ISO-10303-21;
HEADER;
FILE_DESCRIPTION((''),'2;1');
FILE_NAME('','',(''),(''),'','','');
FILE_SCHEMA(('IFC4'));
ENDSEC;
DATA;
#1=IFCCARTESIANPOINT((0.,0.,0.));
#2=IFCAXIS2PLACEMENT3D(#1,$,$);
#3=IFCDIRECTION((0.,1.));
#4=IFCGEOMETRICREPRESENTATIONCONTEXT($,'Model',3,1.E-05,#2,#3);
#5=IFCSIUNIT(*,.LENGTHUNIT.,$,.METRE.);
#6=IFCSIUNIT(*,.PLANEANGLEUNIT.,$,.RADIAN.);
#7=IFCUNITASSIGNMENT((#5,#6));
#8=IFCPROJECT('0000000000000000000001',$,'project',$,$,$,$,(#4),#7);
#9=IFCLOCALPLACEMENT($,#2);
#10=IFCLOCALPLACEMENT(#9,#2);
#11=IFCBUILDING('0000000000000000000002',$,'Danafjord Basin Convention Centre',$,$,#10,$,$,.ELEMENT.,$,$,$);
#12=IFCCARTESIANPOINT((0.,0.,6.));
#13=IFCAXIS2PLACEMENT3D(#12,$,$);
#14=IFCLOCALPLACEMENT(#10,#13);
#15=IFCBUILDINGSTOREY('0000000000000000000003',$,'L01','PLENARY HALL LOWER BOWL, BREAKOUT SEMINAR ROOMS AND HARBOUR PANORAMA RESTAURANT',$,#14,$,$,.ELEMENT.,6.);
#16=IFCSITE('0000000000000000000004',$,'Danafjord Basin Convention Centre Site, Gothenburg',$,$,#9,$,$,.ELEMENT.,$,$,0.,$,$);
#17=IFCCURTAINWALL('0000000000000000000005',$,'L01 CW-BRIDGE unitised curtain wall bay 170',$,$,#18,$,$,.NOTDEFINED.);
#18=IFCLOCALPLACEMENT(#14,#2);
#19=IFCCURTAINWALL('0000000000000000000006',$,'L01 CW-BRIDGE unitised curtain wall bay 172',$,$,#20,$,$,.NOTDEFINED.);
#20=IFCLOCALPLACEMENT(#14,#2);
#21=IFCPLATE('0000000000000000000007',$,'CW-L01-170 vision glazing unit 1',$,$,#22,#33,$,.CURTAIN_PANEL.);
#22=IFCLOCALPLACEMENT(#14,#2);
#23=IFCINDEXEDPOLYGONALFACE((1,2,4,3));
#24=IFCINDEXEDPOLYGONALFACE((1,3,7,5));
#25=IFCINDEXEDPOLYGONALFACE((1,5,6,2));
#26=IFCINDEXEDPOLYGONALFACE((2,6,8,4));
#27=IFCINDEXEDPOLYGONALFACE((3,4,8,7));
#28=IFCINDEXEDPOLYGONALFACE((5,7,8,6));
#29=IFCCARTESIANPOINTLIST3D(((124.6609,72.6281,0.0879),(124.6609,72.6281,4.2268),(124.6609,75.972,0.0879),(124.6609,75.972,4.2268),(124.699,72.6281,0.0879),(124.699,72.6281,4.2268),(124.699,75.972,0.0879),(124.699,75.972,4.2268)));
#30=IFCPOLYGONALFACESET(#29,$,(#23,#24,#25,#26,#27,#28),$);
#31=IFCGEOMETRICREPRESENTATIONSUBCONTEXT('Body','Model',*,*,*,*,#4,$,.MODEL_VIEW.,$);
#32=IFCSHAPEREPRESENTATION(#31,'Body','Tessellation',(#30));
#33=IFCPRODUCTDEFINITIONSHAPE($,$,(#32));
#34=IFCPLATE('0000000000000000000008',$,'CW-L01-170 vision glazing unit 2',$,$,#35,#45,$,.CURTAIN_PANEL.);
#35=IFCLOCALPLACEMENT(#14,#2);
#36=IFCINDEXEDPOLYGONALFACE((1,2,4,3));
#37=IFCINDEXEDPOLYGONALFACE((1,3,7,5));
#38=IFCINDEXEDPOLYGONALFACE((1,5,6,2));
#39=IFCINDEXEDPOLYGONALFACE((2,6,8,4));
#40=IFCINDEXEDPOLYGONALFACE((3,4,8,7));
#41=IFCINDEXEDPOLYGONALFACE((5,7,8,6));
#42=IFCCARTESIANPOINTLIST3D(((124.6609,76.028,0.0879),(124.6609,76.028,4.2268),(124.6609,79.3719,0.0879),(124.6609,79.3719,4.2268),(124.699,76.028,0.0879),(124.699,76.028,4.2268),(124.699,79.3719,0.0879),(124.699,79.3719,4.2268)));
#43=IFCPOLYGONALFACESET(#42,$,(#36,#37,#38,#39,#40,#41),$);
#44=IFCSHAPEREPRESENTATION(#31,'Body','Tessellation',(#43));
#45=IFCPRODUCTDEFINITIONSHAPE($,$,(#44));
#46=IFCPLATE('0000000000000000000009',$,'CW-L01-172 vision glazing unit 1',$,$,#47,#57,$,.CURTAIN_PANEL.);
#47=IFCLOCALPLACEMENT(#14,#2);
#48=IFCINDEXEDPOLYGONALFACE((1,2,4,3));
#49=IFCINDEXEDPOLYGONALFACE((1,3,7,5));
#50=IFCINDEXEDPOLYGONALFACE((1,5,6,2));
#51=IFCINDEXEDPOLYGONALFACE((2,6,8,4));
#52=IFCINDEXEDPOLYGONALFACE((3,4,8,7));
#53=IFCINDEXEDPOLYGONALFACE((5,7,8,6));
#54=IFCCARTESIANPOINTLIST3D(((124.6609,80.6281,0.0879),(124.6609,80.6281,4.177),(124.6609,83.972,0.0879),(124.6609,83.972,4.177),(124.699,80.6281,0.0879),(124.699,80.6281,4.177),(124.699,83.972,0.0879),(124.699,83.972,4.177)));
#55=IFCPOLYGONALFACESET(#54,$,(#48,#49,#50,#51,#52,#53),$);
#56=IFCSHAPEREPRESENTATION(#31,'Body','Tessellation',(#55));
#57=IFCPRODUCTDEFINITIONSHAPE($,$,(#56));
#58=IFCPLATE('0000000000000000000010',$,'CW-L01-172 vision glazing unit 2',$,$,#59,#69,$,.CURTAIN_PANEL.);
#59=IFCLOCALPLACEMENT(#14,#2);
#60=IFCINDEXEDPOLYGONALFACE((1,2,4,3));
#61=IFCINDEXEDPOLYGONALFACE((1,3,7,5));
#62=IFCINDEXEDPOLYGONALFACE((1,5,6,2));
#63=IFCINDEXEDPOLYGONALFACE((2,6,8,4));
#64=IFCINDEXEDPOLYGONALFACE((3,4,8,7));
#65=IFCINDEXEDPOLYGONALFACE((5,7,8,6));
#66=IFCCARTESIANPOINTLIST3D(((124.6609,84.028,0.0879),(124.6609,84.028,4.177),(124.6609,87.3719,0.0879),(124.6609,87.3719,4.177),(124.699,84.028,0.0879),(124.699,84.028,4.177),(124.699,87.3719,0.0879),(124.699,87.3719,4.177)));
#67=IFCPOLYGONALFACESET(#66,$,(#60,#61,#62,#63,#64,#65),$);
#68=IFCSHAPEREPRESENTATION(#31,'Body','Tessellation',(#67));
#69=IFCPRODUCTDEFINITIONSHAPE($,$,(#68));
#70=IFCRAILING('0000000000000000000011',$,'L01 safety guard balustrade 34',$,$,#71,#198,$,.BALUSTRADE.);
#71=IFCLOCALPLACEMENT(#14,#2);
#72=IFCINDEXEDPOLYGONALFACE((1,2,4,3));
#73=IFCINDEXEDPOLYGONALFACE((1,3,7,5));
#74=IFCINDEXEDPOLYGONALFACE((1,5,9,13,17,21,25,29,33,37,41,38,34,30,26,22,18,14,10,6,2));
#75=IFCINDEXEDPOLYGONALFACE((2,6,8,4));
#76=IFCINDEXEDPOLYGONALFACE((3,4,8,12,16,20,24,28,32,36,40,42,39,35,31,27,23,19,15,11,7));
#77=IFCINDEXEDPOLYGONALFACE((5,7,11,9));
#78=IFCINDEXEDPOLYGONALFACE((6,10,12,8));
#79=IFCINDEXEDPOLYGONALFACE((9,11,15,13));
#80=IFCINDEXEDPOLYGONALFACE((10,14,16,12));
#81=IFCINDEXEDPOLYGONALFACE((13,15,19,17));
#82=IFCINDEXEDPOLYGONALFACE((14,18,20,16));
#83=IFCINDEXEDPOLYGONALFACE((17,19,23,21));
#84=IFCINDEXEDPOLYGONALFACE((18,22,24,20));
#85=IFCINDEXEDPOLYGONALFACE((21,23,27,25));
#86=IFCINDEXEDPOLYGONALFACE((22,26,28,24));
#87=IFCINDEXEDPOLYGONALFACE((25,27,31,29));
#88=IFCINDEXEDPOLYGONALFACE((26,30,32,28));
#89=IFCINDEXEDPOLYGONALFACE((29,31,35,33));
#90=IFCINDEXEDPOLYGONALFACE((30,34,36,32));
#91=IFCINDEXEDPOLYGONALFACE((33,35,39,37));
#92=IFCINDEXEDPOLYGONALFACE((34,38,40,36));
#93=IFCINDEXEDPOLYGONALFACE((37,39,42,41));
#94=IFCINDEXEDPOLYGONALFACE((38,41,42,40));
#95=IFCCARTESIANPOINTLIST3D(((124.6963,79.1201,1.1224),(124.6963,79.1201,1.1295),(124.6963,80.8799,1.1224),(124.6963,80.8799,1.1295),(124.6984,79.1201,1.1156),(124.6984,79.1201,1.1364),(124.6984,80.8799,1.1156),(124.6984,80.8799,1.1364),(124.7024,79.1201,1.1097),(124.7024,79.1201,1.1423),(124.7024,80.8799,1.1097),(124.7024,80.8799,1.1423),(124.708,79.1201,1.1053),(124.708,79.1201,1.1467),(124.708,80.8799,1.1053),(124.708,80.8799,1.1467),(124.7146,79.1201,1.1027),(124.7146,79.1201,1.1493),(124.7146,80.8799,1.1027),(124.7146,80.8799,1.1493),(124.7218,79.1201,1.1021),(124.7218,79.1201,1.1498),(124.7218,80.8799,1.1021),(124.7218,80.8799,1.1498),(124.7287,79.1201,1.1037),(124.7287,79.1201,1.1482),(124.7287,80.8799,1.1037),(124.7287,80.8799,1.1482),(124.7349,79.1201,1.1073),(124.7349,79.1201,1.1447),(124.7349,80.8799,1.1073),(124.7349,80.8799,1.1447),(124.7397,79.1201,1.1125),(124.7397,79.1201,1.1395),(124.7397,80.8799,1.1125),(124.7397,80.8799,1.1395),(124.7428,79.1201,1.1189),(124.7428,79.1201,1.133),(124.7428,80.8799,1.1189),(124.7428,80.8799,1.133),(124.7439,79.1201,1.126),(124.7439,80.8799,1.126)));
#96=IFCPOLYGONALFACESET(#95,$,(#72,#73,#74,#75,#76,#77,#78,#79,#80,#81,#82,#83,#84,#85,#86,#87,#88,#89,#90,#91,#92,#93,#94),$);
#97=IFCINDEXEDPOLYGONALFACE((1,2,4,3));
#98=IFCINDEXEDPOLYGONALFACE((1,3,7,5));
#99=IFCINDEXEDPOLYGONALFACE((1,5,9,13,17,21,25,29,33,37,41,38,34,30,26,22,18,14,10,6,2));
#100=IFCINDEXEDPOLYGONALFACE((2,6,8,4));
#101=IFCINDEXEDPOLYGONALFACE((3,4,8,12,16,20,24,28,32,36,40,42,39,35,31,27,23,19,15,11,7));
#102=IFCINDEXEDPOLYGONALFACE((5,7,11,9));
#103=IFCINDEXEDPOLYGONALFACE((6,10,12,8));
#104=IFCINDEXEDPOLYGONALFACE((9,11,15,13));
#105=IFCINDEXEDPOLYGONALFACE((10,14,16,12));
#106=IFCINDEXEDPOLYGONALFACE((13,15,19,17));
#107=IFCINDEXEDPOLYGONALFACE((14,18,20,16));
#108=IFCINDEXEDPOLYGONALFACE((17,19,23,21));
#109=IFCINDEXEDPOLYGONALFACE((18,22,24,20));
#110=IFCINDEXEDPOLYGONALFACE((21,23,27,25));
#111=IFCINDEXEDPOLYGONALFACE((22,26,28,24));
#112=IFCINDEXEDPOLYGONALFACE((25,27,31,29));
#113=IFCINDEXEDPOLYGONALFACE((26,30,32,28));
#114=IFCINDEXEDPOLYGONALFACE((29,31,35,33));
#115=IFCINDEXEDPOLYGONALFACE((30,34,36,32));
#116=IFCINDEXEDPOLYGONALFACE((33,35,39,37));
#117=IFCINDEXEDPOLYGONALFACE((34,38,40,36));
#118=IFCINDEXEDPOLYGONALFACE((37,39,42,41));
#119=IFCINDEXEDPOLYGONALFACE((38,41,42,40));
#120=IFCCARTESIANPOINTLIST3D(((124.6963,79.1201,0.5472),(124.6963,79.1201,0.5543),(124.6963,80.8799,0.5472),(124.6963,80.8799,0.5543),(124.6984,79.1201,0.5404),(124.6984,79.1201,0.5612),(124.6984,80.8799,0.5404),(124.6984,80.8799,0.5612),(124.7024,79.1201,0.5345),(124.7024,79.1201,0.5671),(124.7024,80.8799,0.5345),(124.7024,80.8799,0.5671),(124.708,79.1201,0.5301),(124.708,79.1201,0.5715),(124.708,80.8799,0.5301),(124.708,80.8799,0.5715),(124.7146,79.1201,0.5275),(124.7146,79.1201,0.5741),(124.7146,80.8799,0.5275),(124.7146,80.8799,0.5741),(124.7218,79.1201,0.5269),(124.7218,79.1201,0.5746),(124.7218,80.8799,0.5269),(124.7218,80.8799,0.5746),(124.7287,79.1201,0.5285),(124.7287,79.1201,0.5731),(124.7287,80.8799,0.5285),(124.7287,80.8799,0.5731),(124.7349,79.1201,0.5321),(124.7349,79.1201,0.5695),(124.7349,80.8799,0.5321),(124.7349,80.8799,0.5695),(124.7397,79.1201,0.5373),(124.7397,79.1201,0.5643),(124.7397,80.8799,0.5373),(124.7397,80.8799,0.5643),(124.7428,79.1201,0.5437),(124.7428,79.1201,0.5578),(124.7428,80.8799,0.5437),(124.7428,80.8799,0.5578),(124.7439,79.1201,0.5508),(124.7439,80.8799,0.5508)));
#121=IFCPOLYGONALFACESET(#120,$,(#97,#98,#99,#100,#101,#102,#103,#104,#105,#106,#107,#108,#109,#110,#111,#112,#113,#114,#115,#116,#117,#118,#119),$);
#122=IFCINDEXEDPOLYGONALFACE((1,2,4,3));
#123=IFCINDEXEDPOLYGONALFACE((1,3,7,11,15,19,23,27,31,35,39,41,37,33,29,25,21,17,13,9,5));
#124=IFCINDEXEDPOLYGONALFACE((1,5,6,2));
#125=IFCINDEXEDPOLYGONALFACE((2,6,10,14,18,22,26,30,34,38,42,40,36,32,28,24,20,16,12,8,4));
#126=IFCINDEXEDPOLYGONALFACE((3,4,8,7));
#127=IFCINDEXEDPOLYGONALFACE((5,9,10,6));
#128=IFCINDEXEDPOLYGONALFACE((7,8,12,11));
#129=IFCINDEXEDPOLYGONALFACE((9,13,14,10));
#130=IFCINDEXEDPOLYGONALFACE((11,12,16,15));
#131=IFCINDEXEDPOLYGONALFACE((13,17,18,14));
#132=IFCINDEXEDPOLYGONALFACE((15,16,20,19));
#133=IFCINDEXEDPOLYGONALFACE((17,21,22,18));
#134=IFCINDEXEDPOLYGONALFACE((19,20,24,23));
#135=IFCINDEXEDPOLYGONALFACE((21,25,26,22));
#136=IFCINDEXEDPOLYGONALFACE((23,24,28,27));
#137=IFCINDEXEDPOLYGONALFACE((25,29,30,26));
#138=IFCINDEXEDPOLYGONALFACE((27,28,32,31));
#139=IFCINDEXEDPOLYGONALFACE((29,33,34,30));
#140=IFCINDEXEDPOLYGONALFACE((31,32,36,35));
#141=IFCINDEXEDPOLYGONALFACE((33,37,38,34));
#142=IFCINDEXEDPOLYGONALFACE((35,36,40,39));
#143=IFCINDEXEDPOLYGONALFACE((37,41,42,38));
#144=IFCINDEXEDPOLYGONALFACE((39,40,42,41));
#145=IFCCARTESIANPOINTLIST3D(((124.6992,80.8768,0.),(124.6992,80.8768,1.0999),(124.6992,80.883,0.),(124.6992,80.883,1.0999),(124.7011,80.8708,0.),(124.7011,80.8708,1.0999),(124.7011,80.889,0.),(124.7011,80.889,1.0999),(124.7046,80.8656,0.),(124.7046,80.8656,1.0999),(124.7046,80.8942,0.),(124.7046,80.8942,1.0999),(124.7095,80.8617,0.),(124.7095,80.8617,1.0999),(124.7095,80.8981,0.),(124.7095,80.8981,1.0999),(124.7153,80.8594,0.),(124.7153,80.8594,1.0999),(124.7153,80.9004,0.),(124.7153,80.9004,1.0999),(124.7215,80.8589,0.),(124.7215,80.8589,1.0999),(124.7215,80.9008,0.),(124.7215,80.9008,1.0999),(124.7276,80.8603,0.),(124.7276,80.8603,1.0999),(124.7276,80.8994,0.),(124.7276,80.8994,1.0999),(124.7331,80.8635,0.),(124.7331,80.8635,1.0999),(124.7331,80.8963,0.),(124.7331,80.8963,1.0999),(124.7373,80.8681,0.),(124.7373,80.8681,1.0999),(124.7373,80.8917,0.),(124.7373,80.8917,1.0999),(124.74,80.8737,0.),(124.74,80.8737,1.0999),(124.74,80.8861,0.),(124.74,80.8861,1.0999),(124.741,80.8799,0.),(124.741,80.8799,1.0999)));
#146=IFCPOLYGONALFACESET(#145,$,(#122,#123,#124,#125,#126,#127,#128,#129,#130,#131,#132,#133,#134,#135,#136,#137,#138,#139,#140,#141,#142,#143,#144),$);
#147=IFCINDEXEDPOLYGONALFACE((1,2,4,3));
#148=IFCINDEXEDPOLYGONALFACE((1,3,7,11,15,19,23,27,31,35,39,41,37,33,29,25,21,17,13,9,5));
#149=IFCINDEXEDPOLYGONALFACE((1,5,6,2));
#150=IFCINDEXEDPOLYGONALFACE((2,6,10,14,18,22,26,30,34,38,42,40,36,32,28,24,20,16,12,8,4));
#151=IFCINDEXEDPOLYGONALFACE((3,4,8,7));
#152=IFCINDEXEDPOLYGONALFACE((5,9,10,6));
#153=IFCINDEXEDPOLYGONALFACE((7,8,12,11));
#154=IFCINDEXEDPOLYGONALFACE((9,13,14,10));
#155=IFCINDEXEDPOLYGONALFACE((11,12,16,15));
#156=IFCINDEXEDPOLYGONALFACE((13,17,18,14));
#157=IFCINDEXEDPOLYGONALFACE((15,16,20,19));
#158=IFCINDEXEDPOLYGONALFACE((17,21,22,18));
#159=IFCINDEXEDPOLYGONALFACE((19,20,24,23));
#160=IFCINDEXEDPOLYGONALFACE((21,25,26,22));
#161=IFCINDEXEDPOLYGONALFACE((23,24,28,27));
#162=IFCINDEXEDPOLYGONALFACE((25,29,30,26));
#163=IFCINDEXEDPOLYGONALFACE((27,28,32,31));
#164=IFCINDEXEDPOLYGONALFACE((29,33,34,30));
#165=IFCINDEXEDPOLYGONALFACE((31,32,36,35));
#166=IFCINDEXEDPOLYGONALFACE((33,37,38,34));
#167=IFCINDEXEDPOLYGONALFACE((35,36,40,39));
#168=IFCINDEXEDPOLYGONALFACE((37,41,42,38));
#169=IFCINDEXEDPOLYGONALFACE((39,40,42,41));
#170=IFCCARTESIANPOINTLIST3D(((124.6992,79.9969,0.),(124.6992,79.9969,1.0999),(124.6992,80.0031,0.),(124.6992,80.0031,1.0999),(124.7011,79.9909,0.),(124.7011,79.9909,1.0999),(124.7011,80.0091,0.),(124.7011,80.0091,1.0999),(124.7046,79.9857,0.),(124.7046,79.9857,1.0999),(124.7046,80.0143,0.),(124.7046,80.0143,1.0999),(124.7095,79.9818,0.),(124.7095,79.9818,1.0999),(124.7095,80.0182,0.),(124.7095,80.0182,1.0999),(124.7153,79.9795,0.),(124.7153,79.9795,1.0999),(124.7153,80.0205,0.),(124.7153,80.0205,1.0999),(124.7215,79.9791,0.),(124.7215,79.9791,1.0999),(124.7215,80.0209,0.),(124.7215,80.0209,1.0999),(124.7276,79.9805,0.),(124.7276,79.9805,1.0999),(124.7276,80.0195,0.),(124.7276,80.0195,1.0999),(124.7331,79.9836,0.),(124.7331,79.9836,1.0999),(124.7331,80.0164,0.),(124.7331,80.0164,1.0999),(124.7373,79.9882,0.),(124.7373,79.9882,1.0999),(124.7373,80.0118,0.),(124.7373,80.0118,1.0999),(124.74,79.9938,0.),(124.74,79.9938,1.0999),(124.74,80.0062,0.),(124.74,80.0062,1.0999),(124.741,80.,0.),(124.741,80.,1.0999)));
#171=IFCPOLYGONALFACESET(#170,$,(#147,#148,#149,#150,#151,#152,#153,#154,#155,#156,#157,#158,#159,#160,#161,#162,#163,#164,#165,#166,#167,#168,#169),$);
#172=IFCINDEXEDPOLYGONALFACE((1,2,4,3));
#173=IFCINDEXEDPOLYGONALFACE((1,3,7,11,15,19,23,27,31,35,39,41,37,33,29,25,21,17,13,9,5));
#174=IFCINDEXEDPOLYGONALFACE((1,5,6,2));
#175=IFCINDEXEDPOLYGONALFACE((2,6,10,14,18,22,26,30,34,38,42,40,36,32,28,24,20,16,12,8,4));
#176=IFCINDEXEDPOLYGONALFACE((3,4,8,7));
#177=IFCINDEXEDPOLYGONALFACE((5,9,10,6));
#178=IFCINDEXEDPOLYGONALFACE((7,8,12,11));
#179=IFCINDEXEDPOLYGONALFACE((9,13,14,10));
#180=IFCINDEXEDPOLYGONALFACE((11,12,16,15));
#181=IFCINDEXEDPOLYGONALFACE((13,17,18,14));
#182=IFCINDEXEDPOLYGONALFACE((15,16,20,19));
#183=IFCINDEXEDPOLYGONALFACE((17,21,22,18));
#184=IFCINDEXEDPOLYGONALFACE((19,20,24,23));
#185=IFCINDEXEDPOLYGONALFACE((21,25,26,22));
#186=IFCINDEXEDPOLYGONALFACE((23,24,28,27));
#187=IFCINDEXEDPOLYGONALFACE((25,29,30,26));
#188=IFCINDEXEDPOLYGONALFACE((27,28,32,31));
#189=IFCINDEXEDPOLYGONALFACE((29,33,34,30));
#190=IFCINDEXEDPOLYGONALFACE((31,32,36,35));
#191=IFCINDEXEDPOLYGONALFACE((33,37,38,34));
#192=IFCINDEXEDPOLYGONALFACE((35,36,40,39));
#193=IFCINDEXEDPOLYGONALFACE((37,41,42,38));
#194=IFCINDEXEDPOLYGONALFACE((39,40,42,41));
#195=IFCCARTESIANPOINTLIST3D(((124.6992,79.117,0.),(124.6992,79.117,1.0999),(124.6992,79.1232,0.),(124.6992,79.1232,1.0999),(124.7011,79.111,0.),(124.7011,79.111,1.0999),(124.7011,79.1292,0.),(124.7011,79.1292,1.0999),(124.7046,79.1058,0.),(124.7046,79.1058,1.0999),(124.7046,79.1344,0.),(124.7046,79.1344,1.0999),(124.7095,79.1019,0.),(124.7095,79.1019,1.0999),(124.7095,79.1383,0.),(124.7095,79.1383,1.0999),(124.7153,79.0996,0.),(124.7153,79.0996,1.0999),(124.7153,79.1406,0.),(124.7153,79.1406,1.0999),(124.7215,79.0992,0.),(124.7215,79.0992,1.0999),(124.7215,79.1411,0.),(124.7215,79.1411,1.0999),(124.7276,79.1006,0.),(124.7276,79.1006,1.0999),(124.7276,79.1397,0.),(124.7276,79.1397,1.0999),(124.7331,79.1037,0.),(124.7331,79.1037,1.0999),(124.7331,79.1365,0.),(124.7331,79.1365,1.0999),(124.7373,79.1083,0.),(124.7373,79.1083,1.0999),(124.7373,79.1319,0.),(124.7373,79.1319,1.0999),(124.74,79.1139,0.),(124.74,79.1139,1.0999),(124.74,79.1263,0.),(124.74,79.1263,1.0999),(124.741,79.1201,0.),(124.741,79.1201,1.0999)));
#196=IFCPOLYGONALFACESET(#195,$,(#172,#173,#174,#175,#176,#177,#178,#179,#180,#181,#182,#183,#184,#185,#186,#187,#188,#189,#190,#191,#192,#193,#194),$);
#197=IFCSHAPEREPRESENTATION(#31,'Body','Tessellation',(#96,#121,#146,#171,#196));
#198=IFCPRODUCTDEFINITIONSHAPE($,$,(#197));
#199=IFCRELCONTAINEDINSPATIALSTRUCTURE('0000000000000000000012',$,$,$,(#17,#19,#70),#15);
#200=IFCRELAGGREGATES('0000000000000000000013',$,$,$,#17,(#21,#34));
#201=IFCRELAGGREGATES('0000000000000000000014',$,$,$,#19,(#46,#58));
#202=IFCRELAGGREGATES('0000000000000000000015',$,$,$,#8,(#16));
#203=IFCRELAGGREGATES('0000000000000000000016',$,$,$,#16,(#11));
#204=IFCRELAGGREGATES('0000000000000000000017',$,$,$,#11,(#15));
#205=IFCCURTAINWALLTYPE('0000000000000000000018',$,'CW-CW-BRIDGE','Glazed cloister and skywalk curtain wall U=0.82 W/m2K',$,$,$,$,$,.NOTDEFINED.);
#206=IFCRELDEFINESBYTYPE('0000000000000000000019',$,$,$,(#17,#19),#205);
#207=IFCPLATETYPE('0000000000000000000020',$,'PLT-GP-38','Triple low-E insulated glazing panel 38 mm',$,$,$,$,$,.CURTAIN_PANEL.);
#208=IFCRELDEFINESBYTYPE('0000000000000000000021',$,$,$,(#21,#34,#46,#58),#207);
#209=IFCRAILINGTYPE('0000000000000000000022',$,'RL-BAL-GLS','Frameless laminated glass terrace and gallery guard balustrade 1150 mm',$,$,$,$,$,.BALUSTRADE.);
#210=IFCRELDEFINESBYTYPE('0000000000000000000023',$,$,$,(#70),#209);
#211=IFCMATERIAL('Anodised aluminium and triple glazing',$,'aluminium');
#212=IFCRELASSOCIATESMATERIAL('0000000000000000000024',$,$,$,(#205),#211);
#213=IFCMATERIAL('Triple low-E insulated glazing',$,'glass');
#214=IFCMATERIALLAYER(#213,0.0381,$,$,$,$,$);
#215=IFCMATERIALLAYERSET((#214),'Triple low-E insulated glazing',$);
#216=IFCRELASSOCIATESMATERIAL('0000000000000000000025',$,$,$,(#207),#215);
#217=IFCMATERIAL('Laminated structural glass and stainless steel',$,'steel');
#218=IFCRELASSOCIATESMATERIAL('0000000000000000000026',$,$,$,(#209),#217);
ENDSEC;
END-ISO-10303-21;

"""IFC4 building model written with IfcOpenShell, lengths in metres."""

from ifc_helpers import new_model, si_unit, direction, frame, origin, origin_2d, place, context, subcontext, project, spatial, rectangle, circle, extrude, material, layer, layer_set, type_object, element, aggregate, save


model = new_model("IFC4")

# Units and contexts
model_context = context("Model", 3, precision=1e-05, world=origin(), true_north=direction((0.0, 1.0)))
body_context = subcontext(model_context, "Body", "Model", "MODEL_VIEW")
ifc_project = project(units=[si_unit("LENGTHUNIT", "METRE"), si_unit("PLANEANGLEUNIT", "RADIAN")], contexts=[model_context])

# Site, building, storey
site_placement = place(None, origin())
site = spatial("IfcSite", under=ifc_project, at=site_placement, Name="Danafjord Basin Convention Centre Site, Gothenburg", CompositionType="ELEMENT", RefElevation=0.0)
building_placement = place(site_placement, origin())
building = spatial("IfcBuilding", under=site, at=building_placement, Name="Danafjord Basin Convention Centre", CompositionType="ELEMENT")
storey_placement = place(building_placement, frame((0.0, 0.0, 6.0)))
storey = spatial("IfcBuildingStorey", under=building, at=storey_placement, Name="L01", Description="PLENARY HALL LOWER BOWL, BREAKOUT SEMINAR ROOMS AND HARBOUR PANORAMA RESTAURANT", CompositionType="ELEMENT", Elevation=6.0)

# Curtain walls
ifc_material_1 = material(Name="Anodised aluminium and triple glazing", Category="aluminium")
curtain_wall_type = type_object("IfcCurtainWallType", Name="CW-CW-BRIDGE", Description="Glazed cloister and skywalk curtain wall U=0.82 W/m2K", PredefinedType="NOTDEFINED", material=ifc_material_1)
curtain_wall_1_placement = place(storey_placement, origin())
curtain_wall_1 = element("IfcCurtainWall", 1, at=curtain_wall_1_placement, inside=storey, type_object=curtain_wall_type, Name="L01 CW-BRIDGE unitised curtain wall bay 170", PredefinedType="NOTDEFINED")
curtain_wall_2_placement = place(storey_placement, origin())
curtain_wall_2 = element("IfcCurtainWall", 2, at=curtain_wall_2_placement, inside=storey, type_object=curtain_wall_type, Name="L01 CW-BRIDGE unitised curtain wall bay 172", PredefinedType="NOTDEFINED")

# Plates
ifc_material_2 = material(Name="Triple low-E insulated glazing", Category="glass")
ifc_layer = layer(ifc_material_2, 0.0381)
ifc_layer_set = layer_set([ifc_layer], Name="Triple low-E insulated glazing")
plate_type = type_object("IfcPlateType", Name="PLT-GP-38", Description="Triple low-E insulated glazing panel 38 mm", PredefinedType="CURTAIN_PANEL", material=ifc_layer_set)
plate_1_placement = place(storey_placement, frame((124.6799, 74.3, 0.0879), z_axis=(0.0, 0.0, 1.0), x_axis=(0.0, 1.0, 0.0)))
plate_1 = element("IfcPlate", 3, at=plate_1_placement, type_object=plate_type, Name="CW-L01-170 vision glazing unit 1", PredefinedType="CURTAIN_PANEL", context=body_context, shape_type="SweptSolid", body=[
    extrude(rectangle(XDim=3.344, YDim=0.0381, at=origin_2d()), origin(), (0.0, 0.0, 1.0), 4.1389),
])
plate_2_placement = place(storey_placement, frame((124.6799, 77.7, 0.0879), z_axis=(0.0, 0.0, 1.0), x_axis=(0.0, 1.0, 0.0)))
plate_2 = element("IfcPlate", 4, at=plate_2_placement, type_object=plate_type, Name="CW-L01-170 vision glazing unit 2", PredefinedType="CURTAIN_PANEL", context=body_context, shape_type="SweptSolid", body=[
    extrude(rectangle(XDim=3.344, YDim=0.0381, at=origin_2d()), origin(), (0.0, 0.0, 1.0), 4.1389),
])
aggregate(curtain_wall_1, [plate_1, plate_2])
plate_3_placement = place(storey_placement, frame((124.6799, 82.3, 0.0879), z_axis=(0.0, 0.0, 1.0), x_axis=(0.0, 1.0, 0.0)))
plate_3 = element("IfcPlate", 5, at=plate_3_placement, type_object=plate_type, Name="CW-L01-172 vision glazing unit 1", PredefinedType="CURTAIN_PANEL", context=body_context, shape_type="SweptSolid", body=[
    extrude(rectangle(XDim=3.344, YDim=0.0381, at=origin_2d()), origin(), (0.0, 0.0, 1.0), 4.0891),
])
plate_4_placement = place(storey_placement, frame((124.6799, 85.7, 0.0879), z_axis=(0.0, 0.0, 1.0), x_axis=(0.0, 1.0, 0.0)))
plate_4 = element("IfcPlate", 6, at=plate_4_placement, type_object=plate_type, Name="CW-L01-172 vision glazing unit 2", PredefinedType="CURTAIN_PANEL", context=body_context, shape_type="SweptSolid", body=[
    extrude(rectangle(XDim=3.344, YDim=0.0381, at=origin_2d()), origin(), (0.0, 0.0, 1.0), 4.0891),
])
aggregate(curtain_wall_2, [plate_3, plate_4])

# Railing
ifc_material_3 = material(Name="Laminated structural glass and stainless steel", Category="steel")
railing_type = type_object("IfcRailingType", Name="RL-BAL-GLS", Description="Frameless laminated glass terrace and gallery guard balustrade 1150 mm", PredefinedType="BALUSTRADE", material=ifc_material_3)
for number, where, name in (
    (7, (124.72, 80.8799, 0.0), "L01 safety guard balustrade 34"),
):
    element("IfcRailing", number, at=place(storey_placement, frame(where)), inside=storey, type_object=railing_type, Name=name, PredefinedType="BALUSTRADE", context=body_context, shape_type="SweptSolid", body=[
        extrude(circle(Radius=0.0239, at=origin_2d()), frame((0.0, 0.0, 1.126), z_axis=(0.0, -1.0, 0.0), x_axis=(1.0, 0.0, 0.0)), (0.0, 0.0, 1.0), 1.7598),
        extrude(circle(Radius=0.0239, at=origin_2d()), frame((0.0, 0.0, 0.5508), z_axis=(0.0, -1.0, 0.0), x_axis=(1.0, 0.0, 0.0)), (0.0, 0.0, 1.0), 1.7598),
        extrude(circle(Radius=0.021, at=origin_2d()), origin(), (0.0, 0.0, 1.0), 1.0999),
        extrude(circle(Radius=0.021, at=origin_2d()), frame((0.0, -0.8799, 0.0)), (0.0, 0.0, 1.0), 1.0999),
        extrude(circle(Radius=0.021, at=origin_2d()), frame((0.0, -1.7598, 0.0)), (0.0, 0.0, 1.0), 1.0999),
    ])

save(model, "model.ifc")
